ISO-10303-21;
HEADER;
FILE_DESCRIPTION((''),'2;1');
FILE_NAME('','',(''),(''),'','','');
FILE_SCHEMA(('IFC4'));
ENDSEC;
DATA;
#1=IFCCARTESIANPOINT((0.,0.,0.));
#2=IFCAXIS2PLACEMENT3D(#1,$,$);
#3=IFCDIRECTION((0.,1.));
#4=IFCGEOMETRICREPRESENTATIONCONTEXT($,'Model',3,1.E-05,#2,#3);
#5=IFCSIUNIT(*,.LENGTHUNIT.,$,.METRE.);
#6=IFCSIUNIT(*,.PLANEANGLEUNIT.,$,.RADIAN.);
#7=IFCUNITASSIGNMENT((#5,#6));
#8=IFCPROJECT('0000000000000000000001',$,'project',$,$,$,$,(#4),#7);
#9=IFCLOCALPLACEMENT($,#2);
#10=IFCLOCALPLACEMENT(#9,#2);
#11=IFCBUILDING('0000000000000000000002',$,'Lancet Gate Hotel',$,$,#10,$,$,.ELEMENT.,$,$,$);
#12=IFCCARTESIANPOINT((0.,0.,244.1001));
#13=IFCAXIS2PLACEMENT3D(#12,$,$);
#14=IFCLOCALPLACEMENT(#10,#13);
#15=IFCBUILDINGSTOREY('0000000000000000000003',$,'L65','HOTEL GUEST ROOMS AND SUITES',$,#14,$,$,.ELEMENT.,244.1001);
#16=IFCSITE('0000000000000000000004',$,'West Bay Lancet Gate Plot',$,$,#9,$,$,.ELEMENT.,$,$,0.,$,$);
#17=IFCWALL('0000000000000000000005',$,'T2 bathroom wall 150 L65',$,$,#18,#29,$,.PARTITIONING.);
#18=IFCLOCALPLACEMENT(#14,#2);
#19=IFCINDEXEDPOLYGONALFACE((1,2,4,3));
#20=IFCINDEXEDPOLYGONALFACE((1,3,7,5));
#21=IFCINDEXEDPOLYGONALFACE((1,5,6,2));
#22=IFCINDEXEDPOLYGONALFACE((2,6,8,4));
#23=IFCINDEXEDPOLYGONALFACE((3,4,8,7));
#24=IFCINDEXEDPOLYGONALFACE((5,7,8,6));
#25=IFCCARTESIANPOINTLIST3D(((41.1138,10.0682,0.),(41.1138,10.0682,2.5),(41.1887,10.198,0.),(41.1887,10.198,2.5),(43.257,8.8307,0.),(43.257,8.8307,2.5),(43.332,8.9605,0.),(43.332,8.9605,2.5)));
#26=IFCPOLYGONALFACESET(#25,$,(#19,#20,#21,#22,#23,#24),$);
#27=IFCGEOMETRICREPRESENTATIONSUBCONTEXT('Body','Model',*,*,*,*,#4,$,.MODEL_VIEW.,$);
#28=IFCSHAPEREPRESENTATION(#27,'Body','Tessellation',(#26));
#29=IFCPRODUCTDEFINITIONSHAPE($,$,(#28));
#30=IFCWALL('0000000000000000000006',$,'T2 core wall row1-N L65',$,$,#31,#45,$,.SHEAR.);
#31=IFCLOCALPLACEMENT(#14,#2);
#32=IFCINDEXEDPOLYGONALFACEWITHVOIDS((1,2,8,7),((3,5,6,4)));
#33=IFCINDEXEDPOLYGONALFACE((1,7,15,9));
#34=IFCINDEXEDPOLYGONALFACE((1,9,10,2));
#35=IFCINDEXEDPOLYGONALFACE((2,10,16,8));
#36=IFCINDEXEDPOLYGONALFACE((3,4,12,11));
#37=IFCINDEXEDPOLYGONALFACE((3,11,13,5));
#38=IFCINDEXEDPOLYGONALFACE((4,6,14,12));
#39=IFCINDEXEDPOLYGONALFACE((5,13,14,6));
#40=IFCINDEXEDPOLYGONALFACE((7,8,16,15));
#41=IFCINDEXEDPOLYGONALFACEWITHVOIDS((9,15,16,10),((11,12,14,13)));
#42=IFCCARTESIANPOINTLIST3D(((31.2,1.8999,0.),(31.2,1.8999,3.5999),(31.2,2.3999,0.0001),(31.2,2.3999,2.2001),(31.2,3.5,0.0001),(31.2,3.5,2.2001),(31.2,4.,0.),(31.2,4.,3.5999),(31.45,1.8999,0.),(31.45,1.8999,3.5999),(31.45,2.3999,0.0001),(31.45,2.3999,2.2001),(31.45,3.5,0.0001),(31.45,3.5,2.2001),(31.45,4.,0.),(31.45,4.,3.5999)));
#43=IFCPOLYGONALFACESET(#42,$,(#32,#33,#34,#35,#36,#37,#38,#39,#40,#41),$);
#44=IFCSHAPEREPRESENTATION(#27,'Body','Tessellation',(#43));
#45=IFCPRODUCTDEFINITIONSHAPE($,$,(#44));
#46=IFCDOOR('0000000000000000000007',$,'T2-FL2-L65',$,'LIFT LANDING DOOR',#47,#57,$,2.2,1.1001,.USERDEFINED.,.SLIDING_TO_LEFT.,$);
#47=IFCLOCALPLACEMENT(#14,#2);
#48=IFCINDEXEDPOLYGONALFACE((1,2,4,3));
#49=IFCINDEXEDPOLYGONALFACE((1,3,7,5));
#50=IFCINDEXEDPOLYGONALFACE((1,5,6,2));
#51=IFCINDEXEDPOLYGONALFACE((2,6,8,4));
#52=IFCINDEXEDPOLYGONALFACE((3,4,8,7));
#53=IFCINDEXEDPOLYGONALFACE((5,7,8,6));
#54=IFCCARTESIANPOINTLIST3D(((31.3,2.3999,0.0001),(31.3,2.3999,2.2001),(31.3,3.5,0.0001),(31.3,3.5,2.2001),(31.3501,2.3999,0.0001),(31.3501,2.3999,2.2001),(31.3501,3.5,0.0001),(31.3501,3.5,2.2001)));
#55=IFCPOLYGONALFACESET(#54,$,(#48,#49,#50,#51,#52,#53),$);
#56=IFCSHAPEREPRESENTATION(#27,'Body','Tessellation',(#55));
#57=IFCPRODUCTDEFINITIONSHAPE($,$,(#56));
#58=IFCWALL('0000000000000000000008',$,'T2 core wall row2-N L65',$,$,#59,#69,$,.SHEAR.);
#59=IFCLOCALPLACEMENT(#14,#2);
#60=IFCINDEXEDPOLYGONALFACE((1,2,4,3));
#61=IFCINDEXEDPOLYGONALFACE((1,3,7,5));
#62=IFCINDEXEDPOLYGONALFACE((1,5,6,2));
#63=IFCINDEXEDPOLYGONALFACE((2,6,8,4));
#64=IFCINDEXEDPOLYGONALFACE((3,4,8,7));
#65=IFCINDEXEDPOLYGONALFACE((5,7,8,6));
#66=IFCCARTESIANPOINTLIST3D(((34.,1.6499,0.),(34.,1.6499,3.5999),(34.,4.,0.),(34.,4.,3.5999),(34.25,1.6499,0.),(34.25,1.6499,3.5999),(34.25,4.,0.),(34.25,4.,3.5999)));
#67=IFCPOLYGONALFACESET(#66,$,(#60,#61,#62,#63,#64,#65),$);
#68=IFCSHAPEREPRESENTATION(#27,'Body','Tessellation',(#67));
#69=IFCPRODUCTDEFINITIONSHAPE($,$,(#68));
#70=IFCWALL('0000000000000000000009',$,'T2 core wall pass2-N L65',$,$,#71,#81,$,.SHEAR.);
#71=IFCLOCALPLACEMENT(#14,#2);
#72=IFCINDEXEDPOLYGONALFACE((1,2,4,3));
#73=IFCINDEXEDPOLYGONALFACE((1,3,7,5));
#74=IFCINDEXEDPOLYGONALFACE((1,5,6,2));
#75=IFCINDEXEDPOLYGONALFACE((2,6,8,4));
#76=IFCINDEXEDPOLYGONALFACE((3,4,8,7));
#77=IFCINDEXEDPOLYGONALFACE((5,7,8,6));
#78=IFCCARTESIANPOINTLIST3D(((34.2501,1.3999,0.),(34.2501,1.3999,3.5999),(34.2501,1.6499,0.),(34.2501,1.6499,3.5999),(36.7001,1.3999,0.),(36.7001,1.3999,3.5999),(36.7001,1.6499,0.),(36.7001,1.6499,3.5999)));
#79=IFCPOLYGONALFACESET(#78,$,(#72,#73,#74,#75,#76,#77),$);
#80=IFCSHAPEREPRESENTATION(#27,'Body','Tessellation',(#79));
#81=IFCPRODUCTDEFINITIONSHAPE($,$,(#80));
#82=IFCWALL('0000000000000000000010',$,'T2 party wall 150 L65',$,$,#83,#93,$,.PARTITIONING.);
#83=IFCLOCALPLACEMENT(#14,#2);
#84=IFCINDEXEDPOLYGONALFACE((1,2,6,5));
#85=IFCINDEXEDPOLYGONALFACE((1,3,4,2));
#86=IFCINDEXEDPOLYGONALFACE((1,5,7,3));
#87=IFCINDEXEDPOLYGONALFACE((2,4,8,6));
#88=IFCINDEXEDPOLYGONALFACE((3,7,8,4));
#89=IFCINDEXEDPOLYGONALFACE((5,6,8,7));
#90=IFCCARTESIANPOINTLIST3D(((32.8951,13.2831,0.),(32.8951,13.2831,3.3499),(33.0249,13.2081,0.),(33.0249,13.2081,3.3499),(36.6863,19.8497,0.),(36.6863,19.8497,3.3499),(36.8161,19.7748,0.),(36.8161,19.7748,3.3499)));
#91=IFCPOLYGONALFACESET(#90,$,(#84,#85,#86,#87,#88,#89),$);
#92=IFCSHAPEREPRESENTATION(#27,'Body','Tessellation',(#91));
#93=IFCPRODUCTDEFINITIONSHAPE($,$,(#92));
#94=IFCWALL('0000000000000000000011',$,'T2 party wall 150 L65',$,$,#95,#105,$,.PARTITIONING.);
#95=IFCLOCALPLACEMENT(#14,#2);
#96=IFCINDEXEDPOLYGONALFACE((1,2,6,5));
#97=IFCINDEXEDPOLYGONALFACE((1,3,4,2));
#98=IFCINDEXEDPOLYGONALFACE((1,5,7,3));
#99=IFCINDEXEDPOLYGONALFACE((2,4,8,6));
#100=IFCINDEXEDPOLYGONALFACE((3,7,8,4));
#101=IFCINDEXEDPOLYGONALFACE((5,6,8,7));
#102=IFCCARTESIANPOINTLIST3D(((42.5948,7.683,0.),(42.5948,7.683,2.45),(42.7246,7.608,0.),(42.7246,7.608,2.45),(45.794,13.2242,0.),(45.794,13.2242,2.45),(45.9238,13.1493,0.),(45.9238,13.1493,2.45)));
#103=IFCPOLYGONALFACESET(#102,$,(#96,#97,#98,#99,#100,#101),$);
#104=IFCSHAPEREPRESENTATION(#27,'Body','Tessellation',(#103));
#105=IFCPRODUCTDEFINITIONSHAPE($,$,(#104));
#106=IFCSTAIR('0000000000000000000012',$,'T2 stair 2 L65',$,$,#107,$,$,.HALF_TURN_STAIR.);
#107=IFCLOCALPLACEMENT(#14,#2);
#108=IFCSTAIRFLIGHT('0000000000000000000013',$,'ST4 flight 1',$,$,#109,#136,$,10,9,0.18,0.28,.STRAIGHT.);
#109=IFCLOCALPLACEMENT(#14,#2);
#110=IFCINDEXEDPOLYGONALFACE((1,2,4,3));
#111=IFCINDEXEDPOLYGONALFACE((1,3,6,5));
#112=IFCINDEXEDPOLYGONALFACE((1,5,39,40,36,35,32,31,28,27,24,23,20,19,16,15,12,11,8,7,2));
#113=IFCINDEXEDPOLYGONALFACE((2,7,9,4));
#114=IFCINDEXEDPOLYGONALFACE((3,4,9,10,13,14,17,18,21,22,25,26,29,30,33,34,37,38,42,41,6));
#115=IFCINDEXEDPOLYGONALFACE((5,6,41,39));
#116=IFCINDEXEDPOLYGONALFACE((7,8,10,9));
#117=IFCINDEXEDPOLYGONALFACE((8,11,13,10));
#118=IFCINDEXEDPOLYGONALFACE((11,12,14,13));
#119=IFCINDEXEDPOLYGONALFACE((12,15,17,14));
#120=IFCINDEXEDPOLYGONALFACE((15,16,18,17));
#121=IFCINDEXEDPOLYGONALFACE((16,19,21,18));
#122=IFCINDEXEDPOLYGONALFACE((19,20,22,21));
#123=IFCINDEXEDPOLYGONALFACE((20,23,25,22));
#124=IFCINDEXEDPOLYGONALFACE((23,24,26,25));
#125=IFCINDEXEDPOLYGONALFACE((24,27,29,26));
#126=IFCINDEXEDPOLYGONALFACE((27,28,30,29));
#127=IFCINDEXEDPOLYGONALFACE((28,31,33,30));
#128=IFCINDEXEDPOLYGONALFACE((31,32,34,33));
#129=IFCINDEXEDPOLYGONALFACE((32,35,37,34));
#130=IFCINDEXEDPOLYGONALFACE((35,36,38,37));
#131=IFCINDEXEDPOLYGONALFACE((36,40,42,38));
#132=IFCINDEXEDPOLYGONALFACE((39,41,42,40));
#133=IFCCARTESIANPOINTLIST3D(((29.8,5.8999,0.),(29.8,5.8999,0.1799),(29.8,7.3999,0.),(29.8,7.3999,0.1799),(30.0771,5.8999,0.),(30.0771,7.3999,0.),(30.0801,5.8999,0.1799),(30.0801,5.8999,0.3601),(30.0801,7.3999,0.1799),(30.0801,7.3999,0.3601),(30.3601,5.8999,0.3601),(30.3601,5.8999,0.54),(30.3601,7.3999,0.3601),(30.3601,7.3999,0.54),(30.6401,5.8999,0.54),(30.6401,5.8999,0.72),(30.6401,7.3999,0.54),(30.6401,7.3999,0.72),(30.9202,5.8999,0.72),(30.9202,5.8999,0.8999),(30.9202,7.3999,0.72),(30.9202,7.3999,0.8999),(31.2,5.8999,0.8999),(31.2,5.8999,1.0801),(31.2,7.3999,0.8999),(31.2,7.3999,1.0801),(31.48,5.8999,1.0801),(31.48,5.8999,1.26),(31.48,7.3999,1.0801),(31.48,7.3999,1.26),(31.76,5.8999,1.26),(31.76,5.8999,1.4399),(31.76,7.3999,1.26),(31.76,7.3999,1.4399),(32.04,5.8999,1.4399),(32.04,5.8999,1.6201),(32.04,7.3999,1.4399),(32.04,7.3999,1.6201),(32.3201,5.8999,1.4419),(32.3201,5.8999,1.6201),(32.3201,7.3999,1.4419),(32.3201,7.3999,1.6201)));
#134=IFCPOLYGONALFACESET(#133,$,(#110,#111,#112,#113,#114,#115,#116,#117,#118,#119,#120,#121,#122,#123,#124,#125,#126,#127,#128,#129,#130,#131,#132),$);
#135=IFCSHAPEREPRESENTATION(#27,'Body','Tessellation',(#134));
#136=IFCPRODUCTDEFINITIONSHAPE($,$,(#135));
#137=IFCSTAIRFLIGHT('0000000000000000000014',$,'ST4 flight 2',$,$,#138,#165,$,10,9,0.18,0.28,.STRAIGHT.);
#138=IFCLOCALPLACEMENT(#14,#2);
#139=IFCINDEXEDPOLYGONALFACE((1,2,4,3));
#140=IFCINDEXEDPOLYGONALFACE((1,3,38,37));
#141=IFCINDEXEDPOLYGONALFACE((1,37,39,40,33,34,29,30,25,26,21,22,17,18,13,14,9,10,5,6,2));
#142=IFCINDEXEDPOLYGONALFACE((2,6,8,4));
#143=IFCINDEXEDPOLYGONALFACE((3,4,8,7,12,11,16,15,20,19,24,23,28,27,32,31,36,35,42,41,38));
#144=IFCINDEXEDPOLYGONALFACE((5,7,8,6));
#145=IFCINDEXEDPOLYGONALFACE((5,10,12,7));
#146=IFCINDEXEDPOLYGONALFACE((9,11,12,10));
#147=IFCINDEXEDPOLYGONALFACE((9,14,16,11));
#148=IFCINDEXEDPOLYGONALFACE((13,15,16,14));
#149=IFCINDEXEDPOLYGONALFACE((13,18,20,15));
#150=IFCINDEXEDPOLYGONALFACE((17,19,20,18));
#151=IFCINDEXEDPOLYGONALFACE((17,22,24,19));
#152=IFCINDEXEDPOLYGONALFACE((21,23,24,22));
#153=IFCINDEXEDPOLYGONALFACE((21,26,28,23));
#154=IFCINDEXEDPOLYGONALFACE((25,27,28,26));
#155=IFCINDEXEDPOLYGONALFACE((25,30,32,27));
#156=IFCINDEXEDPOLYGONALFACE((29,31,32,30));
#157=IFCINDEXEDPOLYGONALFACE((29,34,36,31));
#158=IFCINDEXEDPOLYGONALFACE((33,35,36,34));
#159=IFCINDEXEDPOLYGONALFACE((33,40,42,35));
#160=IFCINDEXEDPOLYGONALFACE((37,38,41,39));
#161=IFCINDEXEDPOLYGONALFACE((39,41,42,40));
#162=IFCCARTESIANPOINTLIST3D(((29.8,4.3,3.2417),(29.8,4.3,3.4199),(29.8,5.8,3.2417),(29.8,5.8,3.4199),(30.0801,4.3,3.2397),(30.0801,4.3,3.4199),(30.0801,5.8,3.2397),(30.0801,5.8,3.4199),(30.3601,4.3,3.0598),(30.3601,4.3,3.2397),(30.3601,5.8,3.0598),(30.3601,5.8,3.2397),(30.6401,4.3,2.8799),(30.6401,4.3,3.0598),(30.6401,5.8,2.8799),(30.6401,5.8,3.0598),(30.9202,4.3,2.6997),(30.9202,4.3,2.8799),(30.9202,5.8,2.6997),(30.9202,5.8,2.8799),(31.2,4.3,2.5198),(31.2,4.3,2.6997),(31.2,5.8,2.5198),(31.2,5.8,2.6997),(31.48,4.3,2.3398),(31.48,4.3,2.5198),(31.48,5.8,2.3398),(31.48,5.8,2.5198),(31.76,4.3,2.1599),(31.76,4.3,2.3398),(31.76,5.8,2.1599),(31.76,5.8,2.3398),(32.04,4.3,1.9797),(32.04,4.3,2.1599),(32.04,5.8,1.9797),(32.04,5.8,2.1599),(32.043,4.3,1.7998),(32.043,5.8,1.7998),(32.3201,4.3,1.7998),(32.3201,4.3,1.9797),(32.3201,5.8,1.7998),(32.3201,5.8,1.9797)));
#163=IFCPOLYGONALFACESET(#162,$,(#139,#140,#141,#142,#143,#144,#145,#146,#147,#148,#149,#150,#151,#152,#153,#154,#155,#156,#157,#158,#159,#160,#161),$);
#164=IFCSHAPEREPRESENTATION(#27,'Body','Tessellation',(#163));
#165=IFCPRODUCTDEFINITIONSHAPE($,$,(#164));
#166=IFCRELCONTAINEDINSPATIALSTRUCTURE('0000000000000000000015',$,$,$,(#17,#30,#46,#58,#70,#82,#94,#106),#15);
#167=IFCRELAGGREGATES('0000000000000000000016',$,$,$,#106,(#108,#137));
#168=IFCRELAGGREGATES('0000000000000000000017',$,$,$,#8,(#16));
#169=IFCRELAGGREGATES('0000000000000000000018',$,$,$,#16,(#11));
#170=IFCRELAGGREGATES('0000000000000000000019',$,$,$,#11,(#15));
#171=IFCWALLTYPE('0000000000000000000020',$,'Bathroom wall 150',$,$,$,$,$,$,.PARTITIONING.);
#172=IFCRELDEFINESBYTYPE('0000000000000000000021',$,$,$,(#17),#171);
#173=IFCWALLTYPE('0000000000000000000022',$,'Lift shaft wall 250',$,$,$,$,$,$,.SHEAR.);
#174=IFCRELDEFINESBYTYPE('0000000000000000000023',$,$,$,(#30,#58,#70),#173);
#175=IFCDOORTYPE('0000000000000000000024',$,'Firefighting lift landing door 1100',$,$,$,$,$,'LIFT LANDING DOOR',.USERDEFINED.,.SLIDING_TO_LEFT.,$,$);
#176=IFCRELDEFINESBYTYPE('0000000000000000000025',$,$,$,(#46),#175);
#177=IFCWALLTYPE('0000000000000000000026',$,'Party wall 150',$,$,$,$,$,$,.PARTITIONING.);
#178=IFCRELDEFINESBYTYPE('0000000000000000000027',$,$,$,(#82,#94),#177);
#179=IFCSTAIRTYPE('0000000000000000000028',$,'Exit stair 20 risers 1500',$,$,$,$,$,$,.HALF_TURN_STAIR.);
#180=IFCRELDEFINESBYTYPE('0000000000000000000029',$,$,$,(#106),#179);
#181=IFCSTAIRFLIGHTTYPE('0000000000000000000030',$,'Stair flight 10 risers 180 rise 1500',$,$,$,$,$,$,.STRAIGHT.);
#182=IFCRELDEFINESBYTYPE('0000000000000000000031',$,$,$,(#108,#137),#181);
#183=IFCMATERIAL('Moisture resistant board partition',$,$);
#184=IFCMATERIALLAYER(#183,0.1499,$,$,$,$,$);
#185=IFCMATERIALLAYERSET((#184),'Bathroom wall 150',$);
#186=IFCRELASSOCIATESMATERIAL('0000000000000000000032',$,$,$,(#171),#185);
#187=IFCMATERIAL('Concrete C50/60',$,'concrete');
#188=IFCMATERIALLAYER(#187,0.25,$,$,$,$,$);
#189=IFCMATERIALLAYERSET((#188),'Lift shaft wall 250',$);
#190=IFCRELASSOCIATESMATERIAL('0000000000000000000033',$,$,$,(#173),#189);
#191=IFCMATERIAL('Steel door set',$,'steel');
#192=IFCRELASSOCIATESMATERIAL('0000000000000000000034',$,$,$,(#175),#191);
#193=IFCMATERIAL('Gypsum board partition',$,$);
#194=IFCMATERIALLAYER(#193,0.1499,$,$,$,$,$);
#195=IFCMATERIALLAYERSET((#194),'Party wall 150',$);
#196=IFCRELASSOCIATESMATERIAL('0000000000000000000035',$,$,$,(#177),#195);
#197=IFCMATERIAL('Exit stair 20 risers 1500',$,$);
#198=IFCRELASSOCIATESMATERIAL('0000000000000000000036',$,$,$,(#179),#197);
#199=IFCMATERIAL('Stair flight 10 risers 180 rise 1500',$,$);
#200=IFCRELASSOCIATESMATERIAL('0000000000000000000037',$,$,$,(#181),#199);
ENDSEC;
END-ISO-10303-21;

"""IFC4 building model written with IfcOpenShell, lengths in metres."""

from ifc_helpers import new_model, si_unit, direction, frame, frame_2d, origin, place, context, subcontext, project, spatial, polyline, rectangle, outline, extrude, material, layer, layer_set, type_object, element, fill, aggregate, save


model = new_model("IFC4")

# Units and contexts
model_context = context("Model", 3, precision=1e-05, world=origin(), true_north=direction((0.0, 1.0)))
body_context = subcontext(model_context, "Body", "Model", "MODEL_VIEW")
ifc_project = project(units=[si_unit("LENGTHUNIT", "METRE"), si_unit("PLANEANGLEUNIT", "RADIAN")], contexts=[model_context])

# Site, building, storey
site_placement = place(None, origin())
site = spatial("IfcSite", under=ifc_project, at=site_placement, Name="West Bay Lancet Gate Plot", CompositionType="ELEMENT", RefElevation=0.0)
building_placement = place(site_placement, origin())
building = spatial("IfcBuilding", under=site, at=building_placement, Name="Lancet Gate Hotel", CompositionType="ELEMENT")
storey_placement = place(building_placement, frame((0.0, 0.0, 244.1001)))
storey = spatial("IfcBuildingStorey", under=building, at=storey_placement, Name="L65", Description="HOTEL GUEST ROOMS AND SUITES", CompositionType="ELEMENT", Elevation=244.1001)

# Shared definitions
ifc_material_1 = material(Name="Moisture resistant board partition")
ifc_layer_1 = layer(ifc_material_1, 0.1499)
ifc_layer_set_1 = layer_set([ifc_layer_1], Name="Bathroom wall 150")
wall_type_1 = type_object("IfcWallType", Name="Bathroom wall 150", PredefinedType="PARTITIONING", material=ifc_layer_set_1)

# Wall
wall_1_placement = place(storey_placement, frame((41.1514, 10.1331, 0.0), z_axis=(0.0, 0.0, 1.0), x_axis=(0.866007, -0.500033, 0.0)))
element("IfcWall", 1, at=wall_1_placement, inside=storey, type_object=wall_type_1, Name="T2 bathroom wall 150 L65", PredefinedType="PARTITIONING", context=body_context, shape_type="SweptSolid", body=[
    extrude(rectangle(XDim=2.4749, YDim=0.1499, at=frame_2d((1.2373, 0.0))), origin(), (0.0, 0.0, 1.0), 2.5),
])

# Wall, opening, door
ifc_material_2 = material(Name="Concrete C50/60", Category="concrete")
ifc_layer_2 = layer(ifc_material_2, 0.25)
ifc_layer_set_2 = layer_set([ifc_layer_2], Name="Lift shaft wall 250")
wall_type_2 = type_object("IfcWallType", Name="Lift shaft wall 250", PredefinedType="SHEAR", material=ifc_layer_set_2)
wall_2_placement = place(storey_placement, frame((31.325, 1.8999, 0.0), z_axis=(0.0, 0.0, 1.0), x_axis=(0.0, 1.0, 0.0)))
wall_2 = element("IfcWall", 2, at=wall_2_placement, inside=storey, type_object=wall_type_2, Name="T2 core wall row1-N L65", PredefinedType="SHEAR", context=body_context, shape_type="SweptSolid", body=[
    extrude(rectangle(XDim=2.1001, YDim=0.25, at=frame_2d((1.05, 0.0))), origin(), (0.0, 0.0, 1.0), 3.5999),
])
opening_1_placement = place(wall_2_placement, frame((0.5, 0.0, 0.0)))
opening_1 = element("IfcOpeningElement", 3, at=opening_1_placement, cuts=wall_2, PredefinedType="OPENING", context=body_context, shape_type="SweptSolid", body=[
    extrude(rectangle(XDim=1.1001, YDim=2.2, at=frame_2d((0.55, 1.1001))), frame((0.0, 0.135, 0.0), z_axis=(0.0, -1.0, 0.0), x_axis=(1.0, 0.0, 0.0)), (0.0, 0.0, 1.0), 0.27),
])
ifc_material_3 = material(Name="Steel door set", Category="steel")
door_type_1 = type_object("IfcDoorType", Name="Firefighting lift landing door 1100", ElementType="LIFT LANDING DOOR", OperationType="SLIDING_TO_LEFT", PredefinedType="USERDEFINED", material=ifc_material_3)
door_1_placement = place(opening_1_placement, origin())
door_1 = element("IfcDoor", 4, at=door_1_placement, inside=storey, type_object=door_type_1, Name="T2-FL2-L65", ObjectType="LIFT LANDING DOOR", OperationType="SLIDING_TO_LEFT", OverallHeight=2.2, OverallWidth=1.1001, PredefinedType="USERDEFINED", context=body_context, shape_type="SweptSolid", body=[
    extrude(rectangle(XDim=1.1001, YDim=2.2, at=frame_2d((0.55, 1.1001))), frame((0.0, 0.0249, 0.0), z_axis=(0.0, -1.0, 0.0), x_axis=(1.0, 0.0, 0.0)), (0.0, 0.0, 1.0), 0.05),
])
fill(opening_1, door_1)

# Walls
wall_3_placement = place(storey_placement, frame((34.125, 1.6499, 0.0), z_axis=(0.0, 0.0, 1.0), x_axis=(0.0, 1.0, 0.0)))
element("IfcWall", 5, at=wall_3_placement, inside=storey, type_object=wall_type_2, Name="T2 core wall row2-N L65", PredefinedType="SHEAR", context=body_context, shape_type="SweptSolid", body=[
    extrude(rectangle(XDim=2.3501, YDim=0.25, at=frame_2d((1.175, 0.0))), origin(), (0.0, 0.0, 1.0), 3.5999),
])
wall_4_placement = place(storey_placement, frame((34.25, 1.5249, 0.0), z_axis=(0.0, 0.0, 1.0), x_axis=(1.0, 0.0, 0.0)))
element("IfcWall", 6, at=wall_4_placement, inside=storey, type_object=wall_type_2, Name="T2 core wall pass2-N L65", PredefinedType="SHEAR", context=body_context, shape_type="SweptSolid", body=[
    extrude(rectangle(XDim=2.45, YDim=0.25, at=frame_2d((1.2251, 0.0))), origin(), (0.0, 0.0, 1.0), 3.5999),
])
ifc_material_4 = material(Name="Gypsum board partition")
ifc_layer_3 = layer(ifc_material_4, 0.1499)
ifc_layer_set_3 = layer_set([ifc_layer_3], Name="Party wall 150")
wall_type_3 = type_object("IfcWallType", Name="Party wall 150", PredefinedType="PARTITIONING", material=ifc_layer_set_3)
wall_5_placement = place(storey_placement, frame((32.96, 13.2456, 0.0), z_axis=(0.0, 0.0, 1.0), x_axis=(0.5, 0.866025, 0.0)))
element("IfcWall", 7, at=wall_5_placement, inside=storey, type_object=wall_type_3, Name="T2 party wall 150 L65", PredefinedType="PARTITIONING", context=body_context, shape_type="SweptSolid", body=[
    extrude(rectangle(XDim=7.5825, YDim=0.1499, at=frame_2d((3.7913, 0.0))), origin(), (0.0, 0.0, 1.0), 3.3499),
])
wall_6_placement = place(storey_placement, frame((42.6597, 7.6455, 0.0), z_axis=(0.0, 0.0, 1.0), x_axis=(0.499997, 0.866027, 0.0)))
element("IfcWall", 8, at=wall_6_placement, inside=storey, type_object=wall_type_3, Name="T2 party wall 150 L65", PredefinedType="PARTITIONING", context=body_context, shape_type="SweptSolid", body=[
    extrude(rectangle(XDim=6.3984, YDim=0.1499, at=frame_2d((3.1992, 0.0))), origin(), (0.0, 0.0, 1.0), 2.45),
])

# Stair, stair flights
ifc_material_5 = material(Name="Exit stair 20 risers 1500")
stair_type = type_object("IfcStairType", Name="Exit stair 20 risers 1500", PredefinedType="HALF_TURN_STAIR", material=ifc_material_5)
stair_placement = place(storey_placement, origin())
stair = element("IfcStair", 9, at=stair_placement, inside=storey, type_object=stair_type, Name="T2 stair 2 L65", PredefinedType="HALF_TURN_STAIR")
ifc_material_6 = material(Name="Stair flight 10 risers 180 rise 1500")
stair_flight_type = type_object("IfcStairFlightType", Name="Stair flight 10 risers 180 rise 1500", PredefinedType="STRAIGHT", material=ifc_material_6)
stair_flight_1_placement = place(storey_placement, frame((29.8, 6.6499, 0.0), z_axis=(0.0, 0.0, 1.0), x_axis=(1.0, 0.0, 0.0)))
stair_flight_1 = element("IfcStairFlight", 10, at=stair_flight_1_placement, type_object=stair_flight_type, Name="ST4 flight 1", NumberOfRisers=10, NumberOfTreads=9, PredefinedType="STRAIGHT", RiserHeight=0.18, TreadLength=0.28, context=body_context, shape_type="SweptSolid", body=[
    extrude(outline(polyline([(0.0, 0.0), (0.0, 0.1799), (0.28, 0.1799), (0.28, 0.3601), (0.5601, 0.3601), (0.5601, 0.54), (0.8401, 0.54), (0.8401, 0.72), (1.1201, 0.72), (1.1201, 0.8999), (1.3999, 0.8999), (1.3999, 1.0801), (1.6799, 1.0801), (1.6799, 1.26), (1.96, 1.26), (1.96, 1.4399), (2.24, 1.4399), (2.24, 1.6201), (2.52, 1.6201), (2.52, 1.8), (2.52, 1.4419), (0.2771, 0.0), (0.0, 0.0)])), frame((0.0, 0.75, 0.0), z_axis=(0.0, -1.0, 0.0), x_axis=(1.0, 0.0, 0.0)), (0.0, 0.0, 1.0), 1.5),
])
stair_flight_2_placement = place(storey_placement, frame((32.3201, 5.05, 1.7998), z_axis=(0.0, 0.0, 1.0), x_axis=(-1.0, 0.0, 0.0)))
stair_flight_2 = element("IfcStairFlight", 11, at=stair_flight_2_placement, type_object=stair_flight_type, Name="ST4 flight 2", NumberOfRisers=10, NumberOfTreads=9, PredefinedType="STRAIGHT", RiserHeight=0.18, TreadLength=0.28, context=body_context, shape_type="SweptSolid", body=[
    extrude(outline(polyline([(0.0, 0.0), (0.0, 0.1799), (0.28, 0.1799), (0.28, 0.3601), (0.5601, 0.3601), (0.5601, 0.54), (0.8401, 0.54), (0.8401, 0.72), (1.1201, 0.72), (1.1201, 0.8999), (1.3999, 0.8999), (1.3999, 1.0801), (1.6799, 1.0801), (1.6799, 1.26), (1.96, 1.26), (1.96, 1.4399), (2.24, 1.4399), (2.24, 1.6201), (2.52, 1.6201), (2.52, 1.8), (2.52, 1.4419), (0.2771, 0.0), (0.0, 0.0)])), frame((0.0, 0.75, 0.0), z_axis=(0.0, -1.0, 0.0), x_axis=(1.0, 0.0, 0.0)), (0.0, 0.0, 1.0), 1.5),
])
aggregate(stair, [stair_flight_1, stair_flight_2])

save(model, "model.ifc")
